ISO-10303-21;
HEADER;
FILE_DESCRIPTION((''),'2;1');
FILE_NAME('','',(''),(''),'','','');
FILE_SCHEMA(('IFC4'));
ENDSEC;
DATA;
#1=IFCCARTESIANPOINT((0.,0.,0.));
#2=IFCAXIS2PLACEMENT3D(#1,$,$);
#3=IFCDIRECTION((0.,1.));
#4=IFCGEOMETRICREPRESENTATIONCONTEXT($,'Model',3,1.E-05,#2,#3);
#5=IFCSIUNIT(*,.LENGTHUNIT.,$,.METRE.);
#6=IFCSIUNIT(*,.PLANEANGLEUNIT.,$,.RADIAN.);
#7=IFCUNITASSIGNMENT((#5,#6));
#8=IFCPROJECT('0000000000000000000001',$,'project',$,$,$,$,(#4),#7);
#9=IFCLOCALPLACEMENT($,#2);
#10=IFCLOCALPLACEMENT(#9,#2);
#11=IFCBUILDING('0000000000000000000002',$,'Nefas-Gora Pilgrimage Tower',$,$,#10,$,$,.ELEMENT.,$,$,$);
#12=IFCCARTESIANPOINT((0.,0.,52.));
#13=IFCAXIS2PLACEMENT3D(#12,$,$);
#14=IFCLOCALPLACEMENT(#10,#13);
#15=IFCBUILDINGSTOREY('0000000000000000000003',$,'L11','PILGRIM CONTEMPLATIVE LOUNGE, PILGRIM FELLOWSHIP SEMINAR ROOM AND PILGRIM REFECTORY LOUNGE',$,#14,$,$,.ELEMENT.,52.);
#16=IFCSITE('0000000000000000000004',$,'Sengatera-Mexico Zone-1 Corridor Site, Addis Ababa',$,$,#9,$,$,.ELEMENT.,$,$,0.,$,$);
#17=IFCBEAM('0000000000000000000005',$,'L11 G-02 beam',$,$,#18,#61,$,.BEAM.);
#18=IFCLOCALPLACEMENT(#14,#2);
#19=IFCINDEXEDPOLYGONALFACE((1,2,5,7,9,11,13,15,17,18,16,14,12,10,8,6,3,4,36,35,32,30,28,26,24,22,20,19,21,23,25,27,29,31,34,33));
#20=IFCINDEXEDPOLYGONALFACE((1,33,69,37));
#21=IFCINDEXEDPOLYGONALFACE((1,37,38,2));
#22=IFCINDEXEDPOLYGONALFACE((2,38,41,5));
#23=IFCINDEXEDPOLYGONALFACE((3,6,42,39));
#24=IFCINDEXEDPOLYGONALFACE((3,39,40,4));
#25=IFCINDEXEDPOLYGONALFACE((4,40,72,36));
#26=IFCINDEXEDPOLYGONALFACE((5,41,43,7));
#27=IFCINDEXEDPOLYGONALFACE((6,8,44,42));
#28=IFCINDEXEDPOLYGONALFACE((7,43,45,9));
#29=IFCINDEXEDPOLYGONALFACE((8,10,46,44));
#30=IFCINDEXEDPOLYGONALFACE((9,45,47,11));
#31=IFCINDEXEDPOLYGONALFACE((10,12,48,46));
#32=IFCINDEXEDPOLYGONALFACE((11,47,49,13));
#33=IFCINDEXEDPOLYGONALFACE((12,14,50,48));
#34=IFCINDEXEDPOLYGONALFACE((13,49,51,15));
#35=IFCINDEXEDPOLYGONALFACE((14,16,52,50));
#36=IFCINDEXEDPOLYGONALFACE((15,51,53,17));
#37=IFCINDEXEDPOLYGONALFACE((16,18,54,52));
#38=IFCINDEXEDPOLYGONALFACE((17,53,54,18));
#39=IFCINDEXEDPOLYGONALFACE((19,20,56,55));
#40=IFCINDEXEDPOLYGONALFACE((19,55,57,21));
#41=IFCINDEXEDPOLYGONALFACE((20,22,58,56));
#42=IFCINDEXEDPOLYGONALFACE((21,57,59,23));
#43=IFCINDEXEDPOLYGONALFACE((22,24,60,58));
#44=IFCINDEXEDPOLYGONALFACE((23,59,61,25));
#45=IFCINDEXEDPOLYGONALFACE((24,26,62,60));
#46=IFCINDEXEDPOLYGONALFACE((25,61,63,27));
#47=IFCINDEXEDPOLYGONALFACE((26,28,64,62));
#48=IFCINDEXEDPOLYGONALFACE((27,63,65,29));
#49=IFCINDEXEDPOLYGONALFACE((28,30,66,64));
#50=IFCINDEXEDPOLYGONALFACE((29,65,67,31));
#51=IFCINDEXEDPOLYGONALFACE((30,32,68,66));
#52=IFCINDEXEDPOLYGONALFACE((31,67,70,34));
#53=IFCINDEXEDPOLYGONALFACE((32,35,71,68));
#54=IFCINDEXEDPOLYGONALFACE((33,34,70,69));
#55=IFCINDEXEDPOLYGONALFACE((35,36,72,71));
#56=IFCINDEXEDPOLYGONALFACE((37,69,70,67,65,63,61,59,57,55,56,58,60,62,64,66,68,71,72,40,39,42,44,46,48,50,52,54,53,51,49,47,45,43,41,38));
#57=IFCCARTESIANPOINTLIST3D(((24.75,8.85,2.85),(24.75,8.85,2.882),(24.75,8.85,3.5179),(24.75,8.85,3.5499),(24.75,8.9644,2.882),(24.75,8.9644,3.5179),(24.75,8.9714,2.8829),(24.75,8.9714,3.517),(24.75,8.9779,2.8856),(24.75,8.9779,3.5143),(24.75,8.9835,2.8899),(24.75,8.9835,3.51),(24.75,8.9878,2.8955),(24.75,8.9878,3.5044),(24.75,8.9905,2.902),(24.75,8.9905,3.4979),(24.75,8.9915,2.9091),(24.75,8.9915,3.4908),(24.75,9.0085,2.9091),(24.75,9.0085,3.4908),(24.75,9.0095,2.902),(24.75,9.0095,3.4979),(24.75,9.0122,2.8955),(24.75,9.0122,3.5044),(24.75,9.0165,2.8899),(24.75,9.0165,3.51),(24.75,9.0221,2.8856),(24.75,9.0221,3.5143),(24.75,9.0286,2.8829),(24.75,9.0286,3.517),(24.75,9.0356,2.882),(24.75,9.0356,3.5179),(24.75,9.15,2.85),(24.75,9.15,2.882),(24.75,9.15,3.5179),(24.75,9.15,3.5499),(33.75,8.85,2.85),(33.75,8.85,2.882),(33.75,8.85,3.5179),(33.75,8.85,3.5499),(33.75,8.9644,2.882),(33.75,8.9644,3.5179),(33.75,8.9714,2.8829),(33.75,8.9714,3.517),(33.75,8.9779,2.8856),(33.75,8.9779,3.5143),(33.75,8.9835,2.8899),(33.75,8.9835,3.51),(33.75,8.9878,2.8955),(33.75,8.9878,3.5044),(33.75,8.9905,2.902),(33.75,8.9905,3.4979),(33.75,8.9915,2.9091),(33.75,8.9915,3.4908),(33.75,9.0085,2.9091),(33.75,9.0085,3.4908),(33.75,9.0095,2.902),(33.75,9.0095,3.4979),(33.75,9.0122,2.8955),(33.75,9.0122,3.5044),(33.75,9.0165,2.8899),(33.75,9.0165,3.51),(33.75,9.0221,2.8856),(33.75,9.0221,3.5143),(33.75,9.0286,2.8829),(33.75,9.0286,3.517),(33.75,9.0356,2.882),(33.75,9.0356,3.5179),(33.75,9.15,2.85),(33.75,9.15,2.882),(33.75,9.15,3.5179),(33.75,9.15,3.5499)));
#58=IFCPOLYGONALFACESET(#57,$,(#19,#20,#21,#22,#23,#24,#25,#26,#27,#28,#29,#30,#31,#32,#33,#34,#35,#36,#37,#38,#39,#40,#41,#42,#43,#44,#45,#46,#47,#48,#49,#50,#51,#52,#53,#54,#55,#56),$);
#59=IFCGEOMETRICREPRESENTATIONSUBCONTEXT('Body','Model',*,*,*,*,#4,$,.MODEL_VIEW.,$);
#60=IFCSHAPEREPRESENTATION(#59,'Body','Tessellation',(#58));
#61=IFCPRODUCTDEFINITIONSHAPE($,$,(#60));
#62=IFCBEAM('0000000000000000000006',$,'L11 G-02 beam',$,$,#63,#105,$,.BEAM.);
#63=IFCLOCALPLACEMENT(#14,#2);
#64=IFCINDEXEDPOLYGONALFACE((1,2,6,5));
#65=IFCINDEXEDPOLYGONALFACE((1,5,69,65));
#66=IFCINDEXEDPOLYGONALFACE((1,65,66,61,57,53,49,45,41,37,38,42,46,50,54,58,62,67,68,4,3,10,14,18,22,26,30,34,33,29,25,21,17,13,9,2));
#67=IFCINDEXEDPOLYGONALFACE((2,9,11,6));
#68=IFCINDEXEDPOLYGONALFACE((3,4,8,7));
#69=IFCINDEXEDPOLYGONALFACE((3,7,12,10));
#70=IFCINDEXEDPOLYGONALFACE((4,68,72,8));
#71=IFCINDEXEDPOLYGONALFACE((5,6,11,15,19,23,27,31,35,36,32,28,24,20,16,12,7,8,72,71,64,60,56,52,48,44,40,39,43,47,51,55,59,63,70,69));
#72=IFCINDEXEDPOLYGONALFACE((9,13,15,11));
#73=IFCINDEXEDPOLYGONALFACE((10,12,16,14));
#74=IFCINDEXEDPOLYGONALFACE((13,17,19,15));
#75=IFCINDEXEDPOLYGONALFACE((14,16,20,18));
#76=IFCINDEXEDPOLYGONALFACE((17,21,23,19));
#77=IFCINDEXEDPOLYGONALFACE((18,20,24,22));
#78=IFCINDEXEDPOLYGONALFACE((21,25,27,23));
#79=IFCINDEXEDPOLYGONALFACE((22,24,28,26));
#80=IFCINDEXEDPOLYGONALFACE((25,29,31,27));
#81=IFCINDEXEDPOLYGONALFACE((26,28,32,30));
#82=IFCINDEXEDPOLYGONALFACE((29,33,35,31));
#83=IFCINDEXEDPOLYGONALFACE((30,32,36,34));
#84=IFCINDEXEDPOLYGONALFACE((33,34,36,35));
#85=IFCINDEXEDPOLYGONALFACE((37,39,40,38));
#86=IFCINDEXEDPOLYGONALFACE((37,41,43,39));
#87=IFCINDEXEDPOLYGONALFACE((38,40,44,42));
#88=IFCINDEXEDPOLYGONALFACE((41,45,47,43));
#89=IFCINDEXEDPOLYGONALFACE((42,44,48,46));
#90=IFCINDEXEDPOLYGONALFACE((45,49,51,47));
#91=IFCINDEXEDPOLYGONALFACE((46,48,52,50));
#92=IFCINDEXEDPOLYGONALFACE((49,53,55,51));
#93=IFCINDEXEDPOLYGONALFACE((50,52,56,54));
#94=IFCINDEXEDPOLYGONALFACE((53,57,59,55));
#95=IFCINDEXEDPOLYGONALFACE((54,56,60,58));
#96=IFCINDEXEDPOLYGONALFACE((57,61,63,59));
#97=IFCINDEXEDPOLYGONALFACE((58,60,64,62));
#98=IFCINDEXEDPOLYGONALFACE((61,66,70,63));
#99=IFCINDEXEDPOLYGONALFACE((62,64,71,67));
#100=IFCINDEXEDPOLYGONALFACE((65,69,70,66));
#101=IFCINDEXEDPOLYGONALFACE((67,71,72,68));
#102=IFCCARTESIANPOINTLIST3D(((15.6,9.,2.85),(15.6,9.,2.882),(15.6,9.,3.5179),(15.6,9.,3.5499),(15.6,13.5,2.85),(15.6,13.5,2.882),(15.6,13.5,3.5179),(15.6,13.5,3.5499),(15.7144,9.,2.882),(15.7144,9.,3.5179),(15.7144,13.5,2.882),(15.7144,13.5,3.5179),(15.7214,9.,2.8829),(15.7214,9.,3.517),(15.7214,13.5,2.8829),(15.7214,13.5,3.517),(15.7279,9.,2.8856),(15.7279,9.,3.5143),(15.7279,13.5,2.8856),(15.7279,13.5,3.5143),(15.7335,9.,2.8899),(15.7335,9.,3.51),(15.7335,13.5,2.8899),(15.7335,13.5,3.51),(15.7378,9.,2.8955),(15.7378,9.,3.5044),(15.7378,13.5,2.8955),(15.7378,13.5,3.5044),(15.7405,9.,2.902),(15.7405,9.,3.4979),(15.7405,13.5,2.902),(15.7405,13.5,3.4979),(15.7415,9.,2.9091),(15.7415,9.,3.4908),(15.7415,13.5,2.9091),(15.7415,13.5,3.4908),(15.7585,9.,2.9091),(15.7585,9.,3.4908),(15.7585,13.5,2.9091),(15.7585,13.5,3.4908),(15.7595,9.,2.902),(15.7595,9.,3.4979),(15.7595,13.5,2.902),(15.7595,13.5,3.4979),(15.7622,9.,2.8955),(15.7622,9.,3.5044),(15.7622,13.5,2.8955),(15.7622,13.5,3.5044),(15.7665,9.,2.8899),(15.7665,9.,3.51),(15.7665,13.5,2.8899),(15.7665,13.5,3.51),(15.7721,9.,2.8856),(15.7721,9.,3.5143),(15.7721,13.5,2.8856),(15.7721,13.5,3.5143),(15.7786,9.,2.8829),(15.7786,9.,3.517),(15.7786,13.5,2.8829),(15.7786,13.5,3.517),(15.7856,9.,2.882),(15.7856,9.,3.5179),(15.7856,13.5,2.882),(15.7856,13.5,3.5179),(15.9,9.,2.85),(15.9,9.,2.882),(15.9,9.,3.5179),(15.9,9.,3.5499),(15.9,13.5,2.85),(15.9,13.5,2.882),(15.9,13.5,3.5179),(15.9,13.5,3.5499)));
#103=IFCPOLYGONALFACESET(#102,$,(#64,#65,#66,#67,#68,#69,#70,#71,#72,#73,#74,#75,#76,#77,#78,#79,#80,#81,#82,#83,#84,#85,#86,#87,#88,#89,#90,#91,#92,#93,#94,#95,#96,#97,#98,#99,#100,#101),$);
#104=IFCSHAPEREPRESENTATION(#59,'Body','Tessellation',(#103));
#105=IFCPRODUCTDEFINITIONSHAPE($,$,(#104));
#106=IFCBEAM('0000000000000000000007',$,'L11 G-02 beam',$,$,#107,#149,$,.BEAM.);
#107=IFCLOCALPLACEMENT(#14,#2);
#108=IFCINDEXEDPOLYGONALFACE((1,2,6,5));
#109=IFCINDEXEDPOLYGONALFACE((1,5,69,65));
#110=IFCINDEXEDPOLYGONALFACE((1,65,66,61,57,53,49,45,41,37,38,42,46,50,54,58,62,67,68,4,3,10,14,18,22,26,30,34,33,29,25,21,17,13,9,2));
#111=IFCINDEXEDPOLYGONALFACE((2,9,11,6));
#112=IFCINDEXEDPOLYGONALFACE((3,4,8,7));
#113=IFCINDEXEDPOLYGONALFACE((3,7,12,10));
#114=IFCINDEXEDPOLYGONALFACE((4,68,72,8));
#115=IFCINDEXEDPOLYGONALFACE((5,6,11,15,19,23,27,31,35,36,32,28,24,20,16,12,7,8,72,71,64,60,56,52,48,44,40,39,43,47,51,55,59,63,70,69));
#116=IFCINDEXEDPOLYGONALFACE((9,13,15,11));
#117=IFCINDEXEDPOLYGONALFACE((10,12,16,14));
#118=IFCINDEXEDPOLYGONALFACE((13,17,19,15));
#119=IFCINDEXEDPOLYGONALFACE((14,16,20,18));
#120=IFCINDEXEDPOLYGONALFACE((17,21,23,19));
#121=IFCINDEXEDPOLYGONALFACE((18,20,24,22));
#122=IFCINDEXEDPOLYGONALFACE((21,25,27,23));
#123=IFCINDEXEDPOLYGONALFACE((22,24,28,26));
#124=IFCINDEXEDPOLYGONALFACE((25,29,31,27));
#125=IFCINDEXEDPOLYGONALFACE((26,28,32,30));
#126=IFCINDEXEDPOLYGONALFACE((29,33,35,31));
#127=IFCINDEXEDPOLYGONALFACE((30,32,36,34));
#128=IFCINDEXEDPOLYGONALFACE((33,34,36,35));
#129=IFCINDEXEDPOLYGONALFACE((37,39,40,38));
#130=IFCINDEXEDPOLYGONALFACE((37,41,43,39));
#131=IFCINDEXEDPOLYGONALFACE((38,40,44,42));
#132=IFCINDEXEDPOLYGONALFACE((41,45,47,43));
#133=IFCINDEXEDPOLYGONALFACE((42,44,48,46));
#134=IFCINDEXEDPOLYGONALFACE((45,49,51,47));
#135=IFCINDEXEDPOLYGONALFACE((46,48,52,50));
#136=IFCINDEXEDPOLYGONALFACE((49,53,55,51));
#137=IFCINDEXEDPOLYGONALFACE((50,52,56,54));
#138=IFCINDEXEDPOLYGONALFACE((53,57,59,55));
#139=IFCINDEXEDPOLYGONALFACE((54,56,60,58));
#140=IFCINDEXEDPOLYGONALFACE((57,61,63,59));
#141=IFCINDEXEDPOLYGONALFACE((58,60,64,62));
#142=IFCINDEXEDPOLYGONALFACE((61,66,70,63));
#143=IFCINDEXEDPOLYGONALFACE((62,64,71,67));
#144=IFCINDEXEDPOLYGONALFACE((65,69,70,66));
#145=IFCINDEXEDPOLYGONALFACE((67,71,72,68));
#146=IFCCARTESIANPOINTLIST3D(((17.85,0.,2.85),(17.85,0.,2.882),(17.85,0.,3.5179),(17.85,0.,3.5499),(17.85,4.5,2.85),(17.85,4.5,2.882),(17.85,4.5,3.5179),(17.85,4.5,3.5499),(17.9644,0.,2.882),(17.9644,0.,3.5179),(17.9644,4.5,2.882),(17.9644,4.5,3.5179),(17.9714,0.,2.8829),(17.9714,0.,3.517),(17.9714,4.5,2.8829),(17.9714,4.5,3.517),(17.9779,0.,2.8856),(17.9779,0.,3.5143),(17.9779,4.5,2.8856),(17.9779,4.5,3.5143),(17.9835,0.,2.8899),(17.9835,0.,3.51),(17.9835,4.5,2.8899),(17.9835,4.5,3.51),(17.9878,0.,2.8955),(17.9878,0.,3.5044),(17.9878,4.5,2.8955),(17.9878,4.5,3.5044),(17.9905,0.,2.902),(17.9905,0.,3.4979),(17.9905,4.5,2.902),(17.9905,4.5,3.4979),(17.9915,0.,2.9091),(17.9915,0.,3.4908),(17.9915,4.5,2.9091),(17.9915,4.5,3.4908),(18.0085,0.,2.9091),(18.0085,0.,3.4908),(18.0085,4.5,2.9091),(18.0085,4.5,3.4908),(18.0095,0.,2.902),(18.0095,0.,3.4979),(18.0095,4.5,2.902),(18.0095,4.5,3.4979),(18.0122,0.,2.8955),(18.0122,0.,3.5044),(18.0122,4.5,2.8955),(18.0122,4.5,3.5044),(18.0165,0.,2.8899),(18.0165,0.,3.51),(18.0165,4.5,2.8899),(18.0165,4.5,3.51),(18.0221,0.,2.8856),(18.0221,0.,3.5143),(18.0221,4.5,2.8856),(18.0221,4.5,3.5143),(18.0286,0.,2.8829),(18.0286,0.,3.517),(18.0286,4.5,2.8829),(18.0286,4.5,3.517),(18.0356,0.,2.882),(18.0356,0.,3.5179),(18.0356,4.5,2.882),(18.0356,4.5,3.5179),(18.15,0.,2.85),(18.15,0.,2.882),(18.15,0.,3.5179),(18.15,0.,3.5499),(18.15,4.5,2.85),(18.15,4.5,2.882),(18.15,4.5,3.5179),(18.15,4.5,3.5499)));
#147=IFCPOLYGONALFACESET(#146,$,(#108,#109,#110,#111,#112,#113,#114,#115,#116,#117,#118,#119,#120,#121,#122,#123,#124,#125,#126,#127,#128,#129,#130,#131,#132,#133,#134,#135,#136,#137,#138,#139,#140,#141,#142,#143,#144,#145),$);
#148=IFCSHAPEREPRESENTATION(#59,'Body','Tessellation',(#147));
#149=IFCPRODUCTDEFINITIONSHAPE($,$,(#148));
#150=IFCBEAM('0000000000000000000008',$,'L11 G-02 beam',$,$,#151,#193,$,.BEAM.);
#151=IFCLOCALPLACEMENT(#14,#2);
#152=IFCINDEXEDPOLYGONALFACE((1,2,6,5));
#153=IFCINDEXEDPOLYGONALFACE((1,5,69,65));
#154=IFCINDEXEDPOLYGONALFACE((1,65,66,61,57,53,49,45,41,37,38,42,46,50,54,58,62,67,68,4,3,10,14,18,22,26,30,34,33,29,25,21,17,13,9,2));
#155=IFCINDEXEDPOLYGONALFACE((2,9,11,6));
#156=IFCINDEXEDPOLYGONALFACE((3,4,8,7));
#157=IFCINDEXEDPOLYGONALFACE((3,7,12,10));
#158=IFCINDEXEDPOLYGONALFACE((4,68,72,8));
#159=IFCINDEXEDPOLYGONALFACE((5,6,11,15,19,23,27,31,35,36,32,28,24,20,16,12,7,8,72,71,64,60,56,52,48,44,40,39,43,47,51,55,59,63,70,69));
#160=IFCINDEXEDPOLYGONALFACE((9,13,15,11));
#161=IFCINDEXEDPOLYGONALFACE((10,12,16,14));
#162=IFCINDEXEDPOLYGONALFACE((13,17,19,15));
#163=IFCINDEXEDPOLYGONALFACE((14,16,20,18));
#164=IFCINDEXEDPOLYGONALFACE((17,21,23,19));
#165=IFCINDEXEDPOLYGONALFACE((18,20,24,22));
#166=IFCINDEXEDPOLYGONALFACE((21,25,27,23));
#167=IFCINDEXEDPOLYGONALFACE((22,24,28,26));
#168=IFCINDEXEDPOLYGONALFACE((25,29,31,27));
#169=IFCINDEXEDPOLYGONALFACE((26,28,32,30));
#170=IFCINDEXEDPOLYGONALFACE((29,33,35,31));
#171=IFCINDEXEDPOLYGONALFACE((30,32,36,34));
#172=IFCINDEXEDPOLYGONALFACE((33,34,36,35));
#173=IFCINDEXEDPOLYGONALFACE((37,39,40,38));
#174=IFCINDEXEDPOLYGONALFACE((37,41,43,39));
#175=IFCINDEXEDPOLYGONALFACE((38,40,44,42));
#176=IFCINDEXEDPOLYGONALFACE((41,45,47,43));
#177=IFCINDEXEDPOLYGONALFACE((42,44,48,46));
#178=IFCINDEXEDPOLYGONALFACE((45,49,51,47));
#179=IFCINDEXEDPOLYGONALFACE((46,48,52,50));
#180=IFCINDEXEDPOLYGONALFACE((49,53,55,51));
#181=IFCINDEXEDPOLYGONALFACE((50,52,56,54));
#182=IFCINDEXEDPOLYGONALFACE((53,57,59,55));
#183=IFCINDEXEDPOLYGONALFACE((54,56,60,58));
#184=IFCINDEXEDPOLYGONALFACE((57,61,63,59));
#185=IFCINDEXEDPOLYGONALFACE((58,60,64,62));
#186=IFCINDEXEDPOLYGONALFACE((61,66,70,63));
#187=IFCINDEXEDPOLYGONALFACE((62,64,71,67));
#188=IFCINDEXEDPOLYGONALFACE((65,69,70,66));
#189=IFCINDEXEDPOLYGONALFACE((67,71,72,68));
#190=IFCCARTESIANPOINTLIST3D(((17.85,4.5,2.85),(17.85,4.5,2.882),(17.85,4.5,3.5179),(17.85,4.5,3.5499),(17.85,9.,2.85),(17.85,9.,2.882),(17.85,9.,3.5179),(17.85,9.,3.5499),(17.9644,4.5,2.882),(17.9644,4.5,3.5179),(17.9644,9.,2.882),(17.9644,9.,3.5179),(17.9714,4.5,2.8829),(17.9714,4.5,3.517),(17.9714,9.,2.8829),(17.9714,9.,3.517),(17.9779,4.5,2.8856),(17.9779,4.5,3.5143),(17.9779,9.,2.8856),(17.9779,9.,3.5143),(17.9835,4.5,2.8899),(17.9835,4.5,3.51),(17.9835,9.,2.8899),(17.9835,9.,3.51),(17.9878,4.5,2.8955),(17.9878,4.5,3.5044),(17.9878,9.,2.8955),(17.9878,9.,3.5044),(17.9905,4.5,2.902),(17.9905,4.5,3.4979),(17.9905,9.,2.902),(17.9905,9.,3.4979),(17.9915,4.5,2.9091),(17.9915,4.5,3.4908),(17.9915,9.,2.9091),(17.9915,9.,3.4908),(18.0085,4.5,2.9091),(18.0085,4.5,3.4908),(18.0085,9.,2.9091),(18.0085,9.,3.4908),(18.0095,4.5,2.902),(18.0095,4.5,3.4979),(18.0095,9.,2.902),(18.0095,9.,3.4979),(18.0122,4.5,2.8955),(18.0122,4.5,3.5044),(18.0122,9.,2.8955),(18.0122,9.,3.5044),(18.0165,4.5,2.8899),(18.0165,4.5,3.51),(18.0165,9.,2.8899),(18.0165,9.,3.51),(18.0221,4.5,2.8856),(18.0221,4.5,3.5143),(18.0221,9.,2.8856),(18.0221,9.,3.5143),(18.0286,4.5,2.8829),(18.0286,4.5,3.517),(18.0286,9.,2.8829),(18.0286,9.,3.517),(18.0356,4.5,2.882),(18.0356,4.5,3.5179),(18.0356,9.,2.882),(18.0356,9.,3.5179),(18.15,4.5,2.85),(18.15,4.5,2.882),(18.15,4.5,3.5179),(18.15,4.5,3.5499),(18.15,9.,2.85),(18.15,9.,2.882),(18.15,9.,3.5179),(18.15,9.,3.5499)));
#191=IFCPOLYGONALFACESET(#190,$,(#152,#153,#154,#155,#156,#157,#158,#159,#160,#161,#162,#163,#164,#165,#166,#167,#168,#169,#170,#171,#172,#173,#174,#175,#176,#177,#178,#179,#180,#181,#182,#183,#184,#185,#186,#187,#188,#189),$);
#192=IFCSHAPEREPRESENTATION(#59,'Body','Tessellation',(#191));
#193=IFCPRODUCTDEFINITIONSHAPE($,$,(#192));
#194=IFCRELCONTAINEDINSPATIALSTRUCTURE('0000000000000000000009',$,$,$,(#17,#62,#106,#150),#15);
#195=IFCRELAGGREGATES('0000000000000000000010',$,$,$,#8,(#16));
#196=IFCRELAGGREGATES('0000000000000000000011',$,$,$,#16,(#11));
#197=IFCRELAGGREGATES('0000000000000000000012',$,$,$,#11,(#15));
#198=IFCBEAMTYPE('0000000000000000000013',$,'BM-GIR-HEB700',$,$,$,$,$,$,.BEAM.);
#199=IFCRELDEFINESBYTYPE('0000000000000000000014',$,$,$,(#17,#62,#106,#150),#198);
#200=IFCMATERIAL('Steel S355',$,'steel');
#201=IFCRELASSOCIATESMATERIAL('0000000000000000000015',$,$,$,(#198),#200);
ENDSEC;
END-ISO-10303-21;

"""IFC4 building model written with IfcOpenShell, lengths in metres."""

from ifc_helpers import new_model, si_unit, direction, frame, origin, origin_2d, place, context, subcontext, project, spatial, i_section, extrude, source, transform, mapped, material, material_profile, profile_set, type_object, element, save


model = new_model("IFC4")

# Units and contexts
model_context = context("Model", 3, precision=1e-05, world=origin(), true_north=direction((0.0, 1.0)))
body_context = subcontext(model_context, "Body", "Model", "MODEL_VIEW")
ifc_project = project(units=[si_unit("LENGTHUNIT", "METRE"), si_unit("PLANEANGLEUNIT", "RADIAN")], contexts=[model_context])

# Site, building, storey
site_placement = place(None, origin())
site = spatial("IfcSite", under=ifc_project, at=site_placement, Name="Sengatera-Mexico Zone-1 Corridor Site, Addis Ababa", CompositionType="ELEMENT", RefElevation=0.0)
building_placement = place(site_placement, origin())
building = spatial("IfcBuilding", under=site, at=building_placement, Name="Nefas-Gora Pilgrimage Tower", CompositionType="ELEMENT")
storey_placement = place(building_placement, frame((0.0, 0.0, 52.0)))
storey = spatial("IfcBuildingStorey", under=building, at=storey_placement, Name="L11", Description="PILGRIM CONTEMPLATIVE LOUNGE, PILGRIM FELLOWSHIP SEMINAR ROOM AND PILGRIM REFECTORY LOUNGE", CompositionType="ELEMENT", Elevation=52.0)

# Beams
ifc_material_1 = material(Name="Steel S355", Category="steel")
ifc_material_profile_1 = material_profile(ifc_material_1, i_section(OverallWidth=0.3, OverallDepth=0.7, WebThickness=0.0171, FlangeThickness=0.032, FilletRadius=0.0271, at=origin_2d()), Name="HEB 700")
ifc_profile_set_1 = profile_set([ifc_material_profile_1], Name="Steel S355")
beam_type_1 = type_object("IfcBeamType", Name="BM-GIR-HEB700", PredefinedType="BEAM", material=ifc_profile_set_1)
shared_shape_1 = source(origin(), body_context, "Body", "SweptSolid", [
    extrude(i_section(OverallWidth=0.3, OverallDepth=0.7, WebThickness=0.0171, FlangeThickness=0.032, FilletRadius=0.0271, at=origin_2d()), origin(), (0.0, 0.0, 1.0), 9.0),
])
for number, where, z_axis, x_axis, name in (
    (1, (24.75, 9.0, 3.2), (1.0, 0.0, 0.0), (0.0, 1.0, 0.0), "L11 G-02 beam"),
):
    element("IfcBeam", number, at=place(storey_placement, frame(where, z_axis=z_axis, x_axis=x_axis)), inside=storey, type_object=beam_type_1, Name=name, PredefinedType="BEAM", context=body_context, shape_type="MappedRepresentation", body=[
        mapped(shared_shape_1, transform((0.0, 0.0, 0.0), x_axis=(1.0, 0.0, 0.0), y_axis=(0.0, 1.0, 0.0), z_axis=(0.0, 0.0, 1.0), scale=1.0)),
    ])
shared_shape_2 = source(origin(), body_context, "Body", "SweptSolid", [
    extrude(i_section(OverallWidth=0.3, OverallDepth=0.7, WebThickness=0.0171, FlangeThickness=0.032, FilletRadius=0.0271, at=origin_2d()), origin(), (0.0, 0.0, 1.0), 4.5),
])
for number, where, z_axis, x_axis, name in (
    (2, (15.75, 9.0, 3.2), (0.0, 1.0, 0.0), (-1.0, 0.0, 0.0), "L11 G-02 beam"),
    (3, (18.0, 0.0, 3.2), (0.0, 1.0, 0.0), (-1.0, 0.0, 0.0), "L11 G-02 beam"),
    (4, (18.0, 4.5, 3.2), (0.0, 1.0, 0.0), (-1.0, 0.0, 0.0), "L11 G-02 beam"),
):
    element("IfcBeam", number, at=place(storey_placement, frame(where, z_axis=z_axis, x_axis=x_axis)), inside=storey, type_object=beam_type_1, Name=name, PredefinedType="BEAM", context=body_context, shape_type="MappedRepresentation", body=[
        mapped(shared_shape_2, transform((0.0, 0.0, 0.0), x_axis=(1.0, 0.0, 0.0), y_axis=(0.0, 1.0, 0.0), z_axis=(0.0, 0.0, 1.0), scale=1.0)),
    ])

save(model, "model.ifc")
